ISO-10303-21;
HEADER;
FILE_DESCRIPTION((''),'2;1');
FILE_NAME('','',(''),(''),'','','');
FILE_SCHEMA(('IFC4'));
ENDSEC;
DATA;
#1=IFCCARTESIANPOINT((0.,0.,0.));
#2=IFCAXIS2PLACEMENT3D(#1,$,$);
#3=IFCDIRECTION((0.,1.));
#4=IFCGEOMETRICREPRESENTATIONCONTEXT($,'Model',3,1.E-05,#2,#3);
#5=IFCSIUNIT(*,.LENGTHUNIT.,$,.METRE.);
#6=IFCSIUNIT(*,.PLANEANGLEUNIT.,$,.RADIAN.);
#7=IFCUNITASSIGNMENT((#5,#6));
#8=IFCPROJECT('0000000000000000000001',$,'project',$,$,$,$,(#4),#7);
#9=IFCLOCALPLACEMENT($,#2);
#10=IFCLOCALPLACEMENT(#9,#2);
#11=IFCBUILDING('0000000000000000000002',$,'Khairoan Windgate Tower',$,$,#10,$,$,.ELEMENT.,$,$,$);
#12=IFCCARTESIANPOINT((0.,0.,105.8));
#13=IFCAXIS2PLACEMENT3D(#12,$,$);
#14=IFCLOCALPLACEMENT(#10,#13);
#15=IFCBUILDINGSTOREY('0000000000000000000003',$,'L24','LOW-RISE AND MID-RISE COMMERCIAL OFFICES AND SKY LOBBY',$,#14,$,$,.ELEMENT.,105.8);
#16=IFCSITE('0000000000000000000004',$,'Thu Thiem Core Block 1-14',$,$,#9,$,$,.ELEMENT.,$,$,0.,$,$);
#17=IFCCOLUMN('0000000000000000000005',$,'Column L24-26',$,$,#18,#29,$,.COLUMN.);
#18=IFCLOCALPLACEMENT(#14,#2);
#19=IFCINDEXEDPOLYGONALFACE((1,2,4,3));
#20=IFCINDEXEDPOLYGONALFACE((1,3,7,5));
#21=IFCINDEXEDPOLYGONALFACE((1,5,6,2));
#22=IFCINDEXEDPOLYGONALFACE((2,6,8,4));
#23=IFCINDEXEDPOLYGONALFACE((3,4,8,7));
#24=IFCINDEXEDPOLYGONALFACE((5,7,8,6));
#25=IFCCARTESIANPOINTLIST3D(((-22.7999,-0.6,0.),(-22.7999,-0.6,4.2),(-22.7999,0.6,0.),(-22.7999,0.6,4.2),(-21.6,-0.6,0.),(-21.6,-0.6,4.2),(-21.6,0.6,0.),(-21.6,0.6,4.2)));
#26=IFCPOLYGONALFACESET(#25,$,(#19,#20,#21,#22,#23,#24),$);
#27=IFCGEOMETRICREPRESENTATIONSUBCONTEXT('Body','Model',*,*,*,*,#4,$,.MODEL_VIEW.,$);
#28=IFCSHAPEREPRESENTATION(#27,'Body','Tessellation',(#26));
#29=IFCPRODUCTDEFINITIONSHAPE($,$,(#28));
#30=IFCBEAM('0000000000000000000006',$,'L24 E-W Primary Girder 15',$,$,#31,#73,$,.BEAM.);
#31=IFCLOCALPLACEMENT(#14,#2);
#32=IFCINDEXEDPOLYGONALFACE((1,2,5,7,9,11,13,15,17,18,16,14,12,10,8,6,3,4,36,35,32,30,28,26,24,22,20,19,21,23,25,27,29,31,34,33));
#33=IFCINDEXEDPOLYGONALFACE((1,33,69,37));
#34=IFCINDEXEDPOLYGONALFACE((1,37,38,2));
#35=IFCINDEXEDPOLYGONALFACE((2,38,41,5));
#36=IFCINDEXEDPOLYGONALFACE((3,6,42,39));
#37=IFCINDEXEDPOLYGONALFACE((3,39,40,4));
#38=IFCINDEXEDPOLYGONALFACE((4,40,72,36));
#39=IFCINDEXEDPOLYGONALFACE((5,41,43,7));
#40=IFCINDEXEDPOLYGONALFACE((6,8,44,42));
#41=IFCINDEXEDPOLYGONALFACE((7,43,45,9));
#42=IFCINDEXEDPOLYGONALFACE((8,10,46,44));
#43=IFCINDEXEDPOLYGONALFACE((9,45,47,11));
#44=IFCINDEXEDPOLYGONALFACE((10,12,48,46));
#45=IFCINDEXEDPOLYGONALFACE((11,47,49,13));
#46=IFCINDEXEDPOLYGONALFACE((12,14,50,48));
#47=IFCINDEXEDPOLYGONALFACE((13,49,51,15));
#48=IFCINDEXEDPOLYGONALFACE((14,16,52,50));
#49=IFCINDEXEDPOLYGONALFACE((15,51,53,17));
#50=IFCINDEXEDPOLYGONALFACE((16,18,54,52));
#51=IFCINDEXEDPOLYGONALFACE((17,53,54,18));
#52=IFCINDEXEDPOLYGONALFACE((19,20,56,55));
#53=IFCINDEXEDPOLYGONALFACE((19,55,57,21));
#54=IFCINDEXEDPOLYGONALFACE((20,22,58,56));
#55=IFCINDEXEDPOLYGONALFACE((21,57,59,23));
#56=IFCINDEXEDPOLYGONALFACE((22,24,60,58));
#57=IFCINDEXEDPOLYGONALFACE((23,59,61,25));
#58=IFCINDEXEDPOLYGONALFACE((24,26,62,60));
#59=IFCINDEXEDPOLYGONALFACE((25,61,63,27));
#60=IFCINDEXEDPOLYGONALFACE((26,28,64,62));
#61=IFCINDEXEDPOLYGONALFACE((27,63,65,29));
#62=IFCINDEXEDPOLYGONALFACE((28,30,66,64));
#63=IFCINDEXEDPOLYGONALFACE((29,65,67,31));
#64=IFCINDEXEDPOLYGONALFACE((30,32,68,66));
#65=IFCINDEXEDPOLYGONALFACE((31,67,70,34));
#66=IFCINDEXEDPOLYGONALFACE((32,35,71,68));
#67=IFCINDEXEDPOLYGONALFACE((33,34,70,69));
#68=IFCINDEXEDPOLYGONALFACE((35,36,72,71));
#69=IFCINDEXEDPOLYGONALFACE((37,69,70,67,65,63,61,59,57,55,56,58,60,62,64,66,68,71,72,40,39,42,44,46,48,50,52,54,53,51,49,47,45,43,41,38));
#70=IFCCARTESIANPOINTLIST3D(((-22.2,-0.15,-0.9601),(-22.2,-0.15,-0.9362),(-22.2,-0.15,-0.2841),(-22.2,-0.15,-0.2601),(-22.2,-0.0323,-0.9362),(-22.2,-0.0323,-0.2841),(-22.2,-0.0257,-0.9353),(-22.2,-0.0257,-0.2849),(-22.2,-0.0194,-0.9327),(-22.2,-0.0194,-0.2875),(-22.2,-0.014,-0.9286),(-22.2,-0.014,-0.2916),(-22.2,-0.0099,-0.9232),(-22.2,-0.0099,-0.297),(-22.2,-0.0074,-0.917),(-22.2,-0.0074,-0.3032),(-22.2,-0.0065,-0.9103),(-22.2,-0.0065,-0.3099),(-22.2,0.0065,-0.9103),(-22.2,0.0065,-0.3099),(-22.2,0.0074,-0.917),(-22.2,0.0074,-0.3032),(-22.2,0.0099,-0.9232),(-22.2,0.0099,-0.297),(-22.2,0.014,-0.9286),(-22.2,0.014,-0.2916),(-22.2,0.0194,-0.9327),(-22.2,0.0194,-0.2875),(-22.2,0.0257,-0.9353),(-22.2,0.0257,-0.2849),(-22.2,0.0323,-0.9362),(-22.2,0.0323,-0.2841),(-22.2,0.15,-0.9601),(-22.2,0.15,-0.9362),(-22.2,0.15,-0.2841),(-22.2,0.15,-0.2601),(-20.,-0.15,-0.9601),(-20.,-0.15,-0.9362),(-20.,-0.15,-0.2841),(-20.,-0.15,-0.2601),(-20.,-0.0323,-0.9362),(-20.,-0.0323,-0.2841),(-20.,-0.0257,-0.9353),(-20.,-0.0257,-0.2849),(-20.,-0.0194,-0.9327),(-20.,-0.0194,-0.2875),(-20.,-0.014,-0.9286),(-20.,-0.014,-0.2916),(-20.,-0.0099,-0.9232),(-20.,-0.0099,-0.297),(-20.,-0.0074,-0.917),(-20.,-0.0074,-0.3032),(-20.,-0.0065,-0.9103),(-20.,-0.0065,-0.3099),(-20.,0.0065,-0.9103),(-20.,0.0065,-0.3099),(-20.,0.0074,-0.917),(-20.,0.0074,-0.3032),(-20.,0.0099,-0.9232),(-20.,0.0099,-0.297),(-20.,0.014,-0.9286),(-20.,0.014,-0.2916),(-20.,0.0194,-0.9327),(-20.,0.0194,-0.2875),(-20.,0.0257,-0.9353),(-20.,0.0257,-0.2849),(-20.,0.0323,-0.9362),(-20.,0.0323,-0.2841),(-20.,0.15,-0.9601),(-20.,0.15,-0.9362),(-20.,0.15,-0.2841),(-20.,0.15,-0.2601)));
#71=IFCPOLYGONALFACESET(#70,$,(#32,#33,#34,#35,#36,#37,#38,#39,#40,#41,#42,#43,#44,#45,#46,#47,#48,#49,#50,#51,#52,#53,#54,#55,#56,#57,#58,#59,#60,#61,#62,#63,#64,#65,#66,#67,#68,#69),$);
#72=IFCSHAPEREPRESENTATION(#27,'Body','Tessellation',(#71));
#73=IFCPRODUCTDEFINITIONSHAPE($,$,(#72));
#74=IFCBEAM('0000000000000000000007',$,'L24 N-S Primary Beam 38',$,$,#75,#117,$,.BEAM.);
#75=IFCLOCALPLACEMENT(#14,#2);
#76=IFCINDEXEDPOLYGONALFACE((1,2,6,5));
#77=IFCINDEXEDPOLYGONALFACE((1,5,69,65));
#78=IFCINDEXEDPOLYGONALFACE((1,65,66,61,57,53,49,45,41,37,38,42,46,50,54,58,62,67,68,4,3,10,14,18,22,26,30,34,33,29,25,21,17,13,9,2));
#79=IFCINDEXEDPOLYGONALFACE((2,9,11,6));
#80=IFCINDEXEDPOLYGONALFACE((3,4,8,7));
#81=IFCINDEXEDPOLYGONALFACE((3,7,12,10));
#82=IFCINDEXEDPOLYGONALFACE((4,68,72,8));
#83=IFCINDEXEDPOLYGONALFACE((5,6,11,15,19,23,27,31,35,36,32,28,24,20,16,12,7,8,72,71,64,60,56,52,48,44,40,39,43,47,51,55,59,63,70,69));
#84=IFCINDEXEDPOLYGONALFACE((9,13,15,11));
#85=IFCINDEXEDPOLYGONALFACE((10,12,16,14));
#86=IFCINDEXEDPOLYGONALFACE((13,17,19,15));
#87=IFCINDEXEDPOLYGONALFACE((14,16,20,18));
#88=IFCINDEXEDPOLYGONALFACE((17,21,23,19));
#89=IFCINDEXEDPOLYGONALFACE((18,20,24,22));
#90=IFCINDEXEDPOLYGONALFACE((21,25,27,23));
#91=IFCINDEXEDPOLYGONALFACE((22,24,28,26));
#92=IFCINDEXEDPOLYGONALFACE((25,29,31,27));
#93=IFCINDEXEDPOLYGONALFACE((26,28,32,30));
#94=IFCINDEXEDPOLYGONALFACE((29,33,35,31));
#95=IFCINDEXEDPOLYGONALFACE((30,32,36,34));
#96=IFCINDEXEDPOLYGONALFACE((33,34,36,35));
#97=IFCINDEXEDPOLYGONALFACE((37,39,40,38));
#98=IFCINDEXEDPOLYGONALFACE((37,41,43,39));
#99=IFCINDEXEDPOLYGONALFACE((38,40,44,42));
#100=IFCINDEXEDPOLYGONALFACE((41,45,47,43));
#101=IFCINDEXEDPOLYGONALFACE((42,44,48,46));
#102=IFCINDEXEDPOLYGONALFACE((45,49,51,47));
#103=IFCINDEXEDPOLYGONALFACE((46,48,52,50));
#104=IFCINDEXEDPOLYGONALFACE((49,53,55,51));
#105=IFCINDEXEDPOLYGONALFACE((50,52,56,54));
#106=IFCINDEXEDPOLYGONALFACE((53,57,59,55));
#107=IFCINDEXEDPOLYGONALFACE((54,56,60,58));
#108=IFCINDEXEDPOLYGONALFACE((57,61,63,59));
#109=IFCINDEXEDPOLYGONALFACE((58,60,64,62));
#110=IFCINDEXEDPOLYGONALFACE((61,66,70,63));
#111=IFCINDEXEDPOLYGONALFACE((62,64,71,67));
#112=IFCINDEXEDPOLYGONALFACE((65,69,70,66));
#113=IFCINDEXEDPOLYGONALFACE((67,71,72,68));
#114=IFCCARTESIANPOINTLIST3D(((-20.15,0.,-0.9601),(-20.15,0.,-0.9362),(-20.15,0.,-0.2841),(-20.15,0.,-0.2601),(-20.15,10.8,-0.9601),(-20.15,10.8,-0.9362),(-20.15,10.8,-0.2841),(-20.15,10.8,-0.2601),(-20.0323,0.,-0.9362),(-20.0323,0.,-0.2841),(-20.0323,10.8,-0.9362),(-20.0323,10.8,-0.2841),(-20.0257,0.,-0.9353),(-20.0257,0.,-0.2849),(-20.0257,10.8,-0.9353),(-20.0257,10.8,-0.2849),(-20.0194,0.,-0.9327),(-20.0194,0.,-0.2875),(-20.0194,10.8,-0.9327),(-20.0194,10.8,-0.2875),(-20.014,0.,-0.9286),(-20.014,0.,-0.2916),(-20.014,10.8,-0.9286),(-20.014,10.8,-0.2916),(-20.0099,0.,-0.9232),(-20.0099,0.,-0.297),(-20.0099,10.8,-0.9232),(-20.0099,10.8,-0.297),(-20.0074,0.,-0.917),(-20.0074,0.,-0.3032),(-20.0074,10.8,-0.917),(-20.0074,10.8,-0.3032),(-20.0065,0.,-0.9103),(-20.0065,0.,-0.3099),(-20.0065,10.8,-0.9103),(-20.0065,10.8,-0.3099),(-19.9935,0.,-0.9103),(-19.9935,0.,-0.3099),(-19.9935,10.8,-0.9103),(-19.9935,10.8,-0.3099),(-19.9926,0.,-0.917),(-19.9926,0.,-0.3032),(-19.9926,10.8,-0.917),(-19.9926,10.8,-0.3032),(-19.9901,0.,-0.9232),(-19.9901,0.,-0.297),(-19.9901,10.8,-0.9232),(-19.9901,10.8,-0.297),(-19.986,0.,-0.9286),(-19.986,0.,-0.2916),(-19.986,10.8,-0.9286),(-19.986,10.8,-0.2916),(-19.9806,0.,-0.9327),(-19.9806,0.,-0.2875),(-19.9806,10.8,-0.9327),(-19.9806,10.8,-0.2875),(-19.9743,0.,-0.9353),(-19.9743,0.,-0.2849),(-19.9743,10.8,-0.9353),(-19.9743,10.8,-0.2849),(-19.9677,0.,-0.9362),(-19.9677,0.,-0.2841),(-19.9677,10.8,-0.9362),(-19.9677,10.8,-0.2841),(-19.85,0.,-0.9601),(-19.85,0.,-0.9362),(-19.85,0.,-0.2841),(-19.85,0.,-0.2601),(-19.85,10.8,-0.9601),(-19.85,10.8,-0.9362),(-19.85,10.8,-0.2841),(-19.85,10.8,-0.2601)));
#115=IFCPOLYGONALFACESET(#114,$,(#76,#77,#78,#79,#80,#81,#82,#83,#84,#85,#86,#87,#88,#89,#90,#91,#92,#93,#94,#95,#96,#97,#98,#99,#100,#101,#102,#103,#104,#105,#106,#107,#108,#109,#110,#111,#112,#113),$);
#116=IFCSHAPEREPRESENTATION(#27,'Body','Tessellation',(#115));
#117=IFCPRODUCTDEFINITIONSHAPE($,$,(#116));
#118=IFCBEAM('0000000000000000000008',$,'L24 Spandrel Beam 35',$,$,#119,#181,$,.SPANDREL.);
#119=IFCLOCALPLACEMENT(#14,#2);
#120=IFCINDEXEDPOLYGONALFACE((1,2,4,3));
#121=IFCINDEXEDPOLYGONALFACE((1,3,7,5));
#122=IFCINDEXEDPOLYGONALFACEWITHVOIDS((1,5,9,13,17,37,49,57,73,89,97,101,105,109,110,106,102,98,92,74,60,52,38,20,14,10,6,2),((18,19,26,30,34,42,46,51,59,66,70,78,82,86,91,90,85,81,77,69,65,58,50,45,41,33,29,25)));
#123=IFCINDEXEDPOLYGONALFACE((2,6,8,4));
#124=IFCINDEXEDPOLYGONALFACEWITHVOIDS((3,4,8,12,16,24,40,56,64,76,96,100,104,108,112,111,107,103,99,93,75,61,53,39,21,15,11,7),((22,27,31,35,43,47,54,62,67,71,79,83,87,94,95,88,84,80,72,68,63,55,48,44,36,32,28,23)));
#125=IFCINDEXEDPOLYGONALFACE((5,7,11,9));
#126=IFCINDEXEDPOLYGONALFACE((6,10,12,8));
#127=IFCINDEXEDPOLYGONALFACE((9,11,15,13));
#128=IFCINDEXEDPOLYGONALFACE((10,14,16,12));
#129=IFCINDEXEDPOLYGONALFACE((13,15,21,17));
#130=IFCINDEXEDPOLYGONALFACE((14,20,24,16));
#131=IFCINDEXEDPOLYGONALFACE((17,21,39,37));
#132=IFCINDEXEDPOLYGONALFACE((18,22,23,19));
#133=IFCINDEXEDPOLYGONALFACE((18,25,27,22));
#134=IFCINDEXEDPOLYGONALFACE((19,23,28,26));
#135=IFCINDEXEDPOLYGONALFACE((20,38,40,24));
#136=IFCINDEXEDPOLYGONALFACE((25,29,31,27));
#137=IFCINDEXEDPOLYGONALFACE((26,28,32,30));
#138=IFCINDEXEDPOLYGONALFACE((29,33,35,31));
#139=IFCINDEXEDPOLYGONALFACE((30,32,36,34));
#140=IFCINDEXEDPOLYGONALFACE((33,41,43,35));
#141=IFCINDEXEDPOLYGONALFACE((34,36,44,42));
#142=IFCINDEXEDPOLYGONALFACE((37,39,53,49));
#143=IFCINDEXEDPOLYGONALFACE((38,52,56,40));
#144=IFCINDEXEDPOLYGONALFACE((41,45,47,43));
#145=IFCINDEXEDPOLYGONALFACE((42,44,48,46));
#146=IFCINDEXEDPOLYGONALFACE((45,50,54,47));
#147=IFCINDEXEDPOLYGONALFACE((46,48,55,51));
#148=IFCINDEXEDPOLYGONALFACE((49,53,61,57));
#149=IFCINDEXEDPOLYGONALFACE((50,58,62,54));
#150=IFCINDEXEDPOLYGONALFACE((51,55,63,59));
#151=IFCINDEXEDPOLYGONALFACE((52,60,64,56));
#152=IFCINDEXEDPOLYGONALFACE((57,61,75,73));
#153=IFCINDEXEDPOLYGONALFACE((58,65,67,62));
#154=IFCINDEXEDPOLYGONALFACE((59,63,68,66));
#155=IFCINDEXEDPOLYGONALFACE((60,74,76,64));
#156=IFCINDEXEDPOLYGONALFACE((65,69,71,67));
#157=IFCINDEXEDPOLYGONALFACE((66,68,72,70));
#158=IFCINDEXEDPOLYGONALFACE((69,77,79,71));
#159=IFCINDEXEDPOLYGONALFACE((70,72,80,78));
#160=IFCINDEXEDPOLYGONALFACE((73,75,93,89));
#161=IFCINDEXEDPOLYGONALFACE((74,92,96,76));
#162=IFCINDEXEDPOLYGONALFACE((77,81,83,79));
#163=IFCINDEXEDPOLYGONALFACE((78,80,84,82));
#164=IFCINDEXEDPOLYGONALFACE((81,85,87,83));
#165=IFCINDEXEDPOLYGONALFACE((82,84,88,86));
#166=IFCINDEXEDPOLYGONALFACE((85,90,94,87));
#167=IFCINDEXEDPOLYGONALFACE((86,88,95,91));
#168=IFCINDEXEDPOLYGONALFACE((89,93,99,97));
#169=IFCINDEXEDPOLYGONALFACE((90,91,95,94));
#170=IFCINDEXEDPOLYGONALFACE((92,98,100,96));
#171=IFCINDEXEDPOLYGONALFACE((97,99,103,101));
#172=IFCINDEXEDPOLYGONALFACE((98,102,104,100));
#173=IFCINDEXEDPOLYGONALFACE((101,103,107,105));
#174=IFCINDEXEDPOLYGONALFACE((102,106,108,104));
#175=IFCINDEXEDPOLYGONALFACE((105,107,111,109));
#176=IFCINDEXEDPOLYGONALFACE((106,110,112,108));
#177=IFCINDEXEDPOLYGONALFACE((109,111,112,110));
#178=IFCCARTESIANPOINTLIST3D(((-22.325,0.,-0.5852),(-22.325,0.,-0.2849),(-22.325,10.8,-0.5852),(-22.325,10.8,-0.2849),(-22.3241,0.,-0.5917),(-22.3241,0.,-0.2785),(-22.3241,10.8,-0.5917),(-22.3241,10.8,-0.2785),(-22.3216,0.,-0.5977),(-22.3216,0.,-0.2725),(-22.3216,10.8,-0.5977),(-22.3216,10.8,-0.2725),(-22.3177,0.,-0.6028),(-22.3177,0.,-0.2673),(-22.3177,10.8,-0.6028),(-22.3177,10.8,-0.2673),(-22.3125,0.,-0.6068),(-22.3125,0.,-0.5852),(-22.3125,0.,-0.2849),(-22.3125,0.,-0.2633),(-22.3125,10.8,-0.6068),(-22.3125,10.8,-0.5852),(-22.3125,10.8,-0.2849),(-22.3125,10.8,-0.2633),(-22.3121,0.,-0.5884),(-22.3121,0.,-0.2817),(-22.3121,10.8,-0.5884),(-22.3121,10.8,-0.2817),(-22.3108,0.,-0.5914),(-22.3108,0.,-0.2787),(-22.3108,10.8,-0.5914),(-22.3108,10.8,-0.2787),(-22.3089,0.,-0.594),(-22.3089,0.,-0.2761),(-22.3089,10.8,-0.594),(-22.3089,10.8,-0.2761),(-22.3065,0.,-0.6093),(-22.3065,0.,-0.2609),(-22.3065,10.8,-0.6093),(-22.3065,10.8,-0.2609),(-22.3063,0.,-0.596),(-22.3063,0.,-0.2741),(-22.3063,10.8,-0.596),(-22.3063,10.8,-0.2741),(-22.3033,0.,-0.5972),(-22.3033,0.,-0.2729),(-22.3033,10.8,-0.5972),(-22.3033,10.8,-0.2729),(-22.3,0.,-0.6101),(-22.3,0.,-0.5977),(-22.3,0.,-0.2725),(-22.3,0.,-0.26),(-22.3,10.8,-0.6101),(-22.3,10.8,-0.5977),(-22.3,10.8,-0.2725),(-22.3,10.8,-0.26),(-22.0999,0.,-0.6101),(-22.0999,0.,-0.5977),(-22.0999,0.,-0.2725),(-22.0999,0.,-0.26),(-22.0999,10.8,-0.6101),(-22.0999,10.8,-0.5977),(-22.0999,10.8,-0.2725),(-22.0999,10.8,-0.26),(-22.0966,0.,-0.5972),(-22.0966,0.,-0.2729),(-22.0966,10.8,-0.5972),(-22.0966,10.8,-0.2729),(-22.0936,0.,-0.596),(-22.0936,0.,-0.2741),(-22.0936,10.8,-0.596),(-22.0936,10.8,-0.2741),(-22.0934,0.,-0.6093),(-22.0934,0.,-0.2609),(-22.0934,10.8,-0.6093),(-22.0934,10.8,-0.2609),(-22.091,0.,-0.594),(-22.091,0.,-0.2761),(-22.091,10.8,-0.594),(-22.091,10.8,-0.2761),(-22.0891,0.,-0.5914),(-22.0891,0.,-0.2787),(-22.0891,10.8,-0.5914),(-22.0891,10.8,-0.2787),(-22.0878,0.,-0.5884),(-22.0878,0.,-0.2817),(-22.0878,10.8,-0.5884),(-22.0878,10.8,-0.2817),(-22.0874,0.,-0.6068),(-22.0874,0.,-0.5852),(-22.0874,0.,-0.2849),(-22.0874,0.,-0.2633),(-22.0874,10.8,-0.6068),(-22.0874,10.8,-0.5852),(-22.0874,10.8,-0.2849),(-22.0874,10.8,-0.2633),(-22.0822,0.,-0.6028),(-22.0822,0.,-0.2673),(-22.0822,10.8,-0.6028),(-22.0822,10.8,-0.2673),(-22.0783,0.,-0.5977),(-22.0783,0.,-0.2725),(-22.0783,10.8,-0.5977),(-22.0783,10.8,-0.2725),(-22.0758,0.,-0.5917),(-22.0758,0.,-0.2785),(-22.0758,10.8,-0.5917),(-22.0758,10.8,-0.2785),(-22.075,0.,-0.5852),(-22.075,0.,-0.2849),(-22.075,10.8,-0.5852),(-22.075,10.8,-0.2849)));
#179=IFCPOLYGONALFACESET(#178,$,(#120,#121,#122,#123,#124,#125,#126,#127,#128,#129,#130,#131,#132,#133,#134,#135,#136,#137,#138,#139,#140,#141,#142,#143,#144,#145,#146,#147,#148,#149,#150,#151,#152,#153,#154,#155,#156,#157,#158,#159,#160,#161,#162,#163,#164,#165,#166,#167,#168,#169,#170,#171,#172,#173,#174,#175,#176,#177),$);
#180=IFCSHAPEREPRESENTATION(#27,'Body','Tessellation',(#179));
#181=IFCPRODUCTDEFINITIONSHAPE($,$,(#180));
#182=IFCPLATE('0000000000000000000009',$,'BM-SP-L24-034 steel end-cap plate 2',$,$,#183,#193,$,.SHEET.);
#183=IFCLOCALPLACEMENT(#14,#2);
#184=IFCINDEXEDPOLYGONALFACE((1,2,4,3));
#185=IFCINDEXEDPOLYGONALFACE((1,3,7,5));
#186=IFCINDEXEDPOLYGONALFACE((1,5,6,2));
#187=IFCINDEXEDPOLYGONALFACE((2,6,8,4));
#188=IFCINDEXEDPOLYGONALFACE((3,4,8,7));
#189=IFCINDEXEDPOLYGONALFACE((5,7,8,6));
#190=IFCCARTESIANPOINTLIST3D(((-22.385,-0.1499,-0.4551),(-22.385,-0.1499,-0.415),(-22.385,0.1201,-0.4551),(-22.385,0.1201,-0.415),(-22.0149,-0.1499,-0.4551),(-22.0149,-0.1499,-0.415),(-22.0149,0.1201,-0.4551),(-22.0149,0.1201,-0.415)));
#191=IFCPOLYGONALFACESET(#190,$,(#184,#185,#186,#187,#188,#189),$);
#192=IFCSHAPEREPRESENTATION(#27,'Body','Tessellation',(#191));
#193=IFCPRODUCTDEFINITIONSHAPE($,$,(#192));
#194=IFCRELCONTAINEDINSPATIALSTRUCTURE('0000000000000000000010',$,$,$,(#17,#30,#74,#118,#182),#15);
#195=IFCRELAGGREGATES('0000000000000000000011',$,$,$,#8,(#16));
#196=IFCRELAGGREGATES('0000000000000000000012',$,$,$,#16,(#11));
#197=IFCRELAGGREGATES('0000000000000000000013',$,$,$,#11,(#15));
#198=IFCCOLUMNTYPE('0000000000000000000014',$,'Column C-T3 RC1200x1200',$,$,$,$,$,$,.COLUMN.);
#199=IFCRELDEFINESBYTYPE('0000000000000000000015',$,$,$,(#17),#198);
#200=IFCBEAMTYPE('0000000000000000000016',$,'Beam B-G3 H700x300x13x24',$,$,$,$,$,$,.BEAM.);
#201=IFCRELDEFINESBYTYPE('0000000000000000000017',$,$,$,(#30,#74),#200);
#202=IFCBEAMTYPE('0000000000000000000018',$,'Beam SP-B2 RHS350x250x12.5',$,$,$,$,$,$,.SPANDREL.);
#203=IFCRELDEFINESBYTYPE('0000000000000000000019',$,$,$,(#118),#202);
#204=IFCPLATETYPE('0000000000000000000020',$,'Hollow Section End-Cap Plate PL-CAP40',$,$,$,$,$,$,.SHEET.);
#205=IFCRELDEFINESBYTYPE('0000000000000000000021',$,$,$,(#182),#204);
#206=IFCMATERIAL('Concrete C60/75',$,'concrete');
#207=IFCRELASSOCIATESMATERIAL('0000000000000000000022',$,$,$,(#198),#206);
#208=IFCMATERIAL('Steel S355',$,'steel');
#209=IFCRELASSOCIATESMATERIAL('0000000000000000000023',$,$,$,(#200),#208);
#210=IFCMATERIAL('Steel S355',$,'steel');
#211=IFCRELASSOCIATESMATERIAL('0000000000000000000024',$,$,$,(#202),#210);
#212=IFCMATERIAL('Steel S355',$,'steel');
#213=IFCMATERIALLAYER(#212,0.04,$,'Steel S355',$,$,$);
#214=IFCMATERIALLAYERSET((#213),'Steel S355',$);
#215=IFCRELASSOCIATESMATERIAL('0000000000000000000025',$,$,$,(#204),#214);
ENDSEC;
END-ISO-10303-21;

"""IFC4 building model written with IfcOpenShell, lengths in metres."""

from ifc_helpers import new_model, si_unit, direction, frame, origin, origin_2d, place, context, subcontext, project, spatial, rectangle, hollow_rectangle, i_section, extrude, material, layer, layer_set, material_profile, profile_set, type_object, element, save


model = new_model("IFC4")

# Units and contexts
model_context = context("Model", 3, precision=1e-05, world=origin(), true_north=direction((0.0, 1.0)))
body_context = subcontext(model_context, "Body", "Model", "MODEL_VIEW")
ifc_project = project(units=[si_unit("LENGTHUNIT", "METRE"), si_unit("PLANEANGLEUNIT", "RADIAN")], contexts=[model_context])

# Site, building, storey
site_placement = place(None, origin())
site = spatial("IfcSite", under=ifc_project, at=site_placement, Name="Thu Thiem Core Block 1-14", CompositionType="ELEMENT", RefElevation=0.0)
building_placement = place(site_placement, origin())
building = spatial("IfcBuilding", under=site, at=building_placement, Name="Khairoan Windgate Tower", CompositionType="ELEMENT")
storey_placement = place(building_placement, frame((0.0, 0.0, 105.8)))
storey = spatial("IfcBuildingStorey", under=building, at=storey_placement, Name="L24", Description="LOW-RISE AND MID-RISE COMMERCIAL OFFICES AND SKY LOBBY", CompositionType="ELEMENT", Elevation=105.8)

# Column
ifc_material_1 = material(Name="Concrete C60/75", Category="concrete")
ifc_material_profile_1 = material_profile(ifc_material_1, rectangle(XDim=1.2, YDim=1.2, at=origin_2d()))
ifc_profile_set_1 = profile_set([ifc_material_profile_1], Name="Concrete C60/75")
column_type = type_object("IfcColumnType", Name="Column C-T3 RC1200x1200", PredefinedType="COLUMN", material=ifc_profile_set_1)
column_placement = place(storey_placement, frame((-22.2, 0.0, 0.0), z_axis=(0.0, 0.0, 1.0), x_axis=(1.0, 0.0, 0.0)))
element("IfcColumn", 1, at=column_placement, inside=storey, type_object=column_type, Name="Column L24-26", PredefinedType="COLUMN", context=body_context, shape_type="SweptSolid", body=[
    extrude(rectangle(XDim=1.2, YDim=1.2, at=origin_2d()), origin(), (0.0, 0.0, 1.0), 4.2),
])

# Beams
ifc_material_2 = material(Name="Steel S355", Category="steel")
ifc_material_profile_2 = material_profile(ifc_material_2, i_section(OverallWidth=0.3, OverallDepth=0.7, WebThickness=0.0129, FlangeThickness=0.0239, FilletRadius=0.0259, at=origin_2d()))
ifc_profile_set_2 = profile_set([ifc_material_profile_2], Name="Steel S355")
beam_type_1 = type_object("IfcBeamType", Name="Beam B-G3 H700x300x13x24", PredefinedType="BEAM", material=ifc_profile_set_2)
beam_1_placement = place(storey_placement, frame((-22.2, 0.0, -0.6101), z_axis=(1.0, 0.0, 0.0), x_axis=(0.0, 1.0, 0.0)))
element("IfcBeam", 2, at=beam_1_placement, inside=storey, type_object=beam_type_1, Name="L24 E-W Primary Girder 15", PredefinedType="BEAM", context=body_context, shape_type="SweptSolid", body=[
    extrude(i_section(OverallWidth=0.3, OverallDepth=0.7, WebThickness=0.0129, FlangeThickness=0.0239, FilletRadius=0.0259, at=origin_2d()), origin(), (0.0, 0.0, 1.0), 2.2),
])
beam_2_placement = place(storey_placement, frame((-20.0, 0.0, -0.6101), z_axis=(0.0, 1.0, 0.0), x_axis=(-1.0, 0.0, 0.0)))
element("IfcBeam", 3, at=beam_2_placement, inside=storey, type_object=beam_type_1, Name="L24 N-S Primary Beam 38", PredefinedType="BEAM", context=body_context, shape_type="SweptSolid", body=[
    extrude(i_section(OverallWidth=0.3, OverallDepth=0.7, WebThickness=0.0129, FlangeThickness=0.0239, FilletRadius=0.0259, at=origin_2d()), origin(), (0.0, 0.0, 1.0), 10.8),
])
ifc_material_3 = material(Name="Steel S355", Category="steel")
ifc_material_profile_3 = material_profile(ifc_material_3, hollow_rectangle(XDim=0.25, YDim=0.3501, WallThickness=0.0125, InnerFilletRadius=0.0125, OuterFilletRadius=0.0249, at=origin_2d()))
ifc_profile_set_3 = profile_set([ifc_material_profile_3], Name="Steel S355")
beam_type_2 = type_object("IfcBeamType", Name="Beam SP-B2 RHS350x250x12.5", PredefinedType="SPANDREL", material=ifc_profile_set_3)
beam_3_placement = place(storey_placement, frame((-22.2, 0.0, -0.4351), z_axis=(0.0, 1.0, 0.0), x_axis=(-1.0, 0.0, 0.0)))
element("IfcBeam", 4, at=beam_3_placement, inside=storey, type_object=beam_type_2, Name="L24 Spandrel Beam 35", PredefinedType="SPANDREL", context=body_context, shape_type="SweptSolid", body=[
    extrude(hollow_rectangle(XDim=0.25, YDim=0.3501, WallThickness=0.0125, InnerFilletRadius=0.0125, OuterFilletRadius=0.0249, at=origin_2d()), origin(), (0.0, 0.0, 1.0), 10.8),
])

# Plate
ifc_material_4 = material(Name="Steel S355", Category="steel")
ifc_layer_1 = layer(ifc_material_4, 0.04, Name="Steel S355")
ifc_layer_set_1 = layer_set([ifc_layer_1], Name="Steel S355")
plate_type = type_object("IfcPlateType", Name="Hollow Section End-Cap Plate PL-CAP40", PredefinedType="SHEET", material=ifc_layer_set_1)
plate_placement = place(storey_placement, frame((-22.2, -0.0149, -0.4551), z_axis=(0.0, 0.0, 1.0), x_axis=(0.0, 1.0, 0.0)))
element("IfcPlate", 5, at=plate_placement, inside=storey, type_object=plate_type, Name="BM-SP-L24-034 steel end-cap plate 2", PredefinedType="SHEET", context=body_context, shape_type="SweptSolid", body=[
    extrude(rectangle(XDim=0.27, YDim=0.3701, at=origin_2d()), origin(), (0.0, 0.0, 1.0), 0.04),
])

save(model, "model.ifc")
